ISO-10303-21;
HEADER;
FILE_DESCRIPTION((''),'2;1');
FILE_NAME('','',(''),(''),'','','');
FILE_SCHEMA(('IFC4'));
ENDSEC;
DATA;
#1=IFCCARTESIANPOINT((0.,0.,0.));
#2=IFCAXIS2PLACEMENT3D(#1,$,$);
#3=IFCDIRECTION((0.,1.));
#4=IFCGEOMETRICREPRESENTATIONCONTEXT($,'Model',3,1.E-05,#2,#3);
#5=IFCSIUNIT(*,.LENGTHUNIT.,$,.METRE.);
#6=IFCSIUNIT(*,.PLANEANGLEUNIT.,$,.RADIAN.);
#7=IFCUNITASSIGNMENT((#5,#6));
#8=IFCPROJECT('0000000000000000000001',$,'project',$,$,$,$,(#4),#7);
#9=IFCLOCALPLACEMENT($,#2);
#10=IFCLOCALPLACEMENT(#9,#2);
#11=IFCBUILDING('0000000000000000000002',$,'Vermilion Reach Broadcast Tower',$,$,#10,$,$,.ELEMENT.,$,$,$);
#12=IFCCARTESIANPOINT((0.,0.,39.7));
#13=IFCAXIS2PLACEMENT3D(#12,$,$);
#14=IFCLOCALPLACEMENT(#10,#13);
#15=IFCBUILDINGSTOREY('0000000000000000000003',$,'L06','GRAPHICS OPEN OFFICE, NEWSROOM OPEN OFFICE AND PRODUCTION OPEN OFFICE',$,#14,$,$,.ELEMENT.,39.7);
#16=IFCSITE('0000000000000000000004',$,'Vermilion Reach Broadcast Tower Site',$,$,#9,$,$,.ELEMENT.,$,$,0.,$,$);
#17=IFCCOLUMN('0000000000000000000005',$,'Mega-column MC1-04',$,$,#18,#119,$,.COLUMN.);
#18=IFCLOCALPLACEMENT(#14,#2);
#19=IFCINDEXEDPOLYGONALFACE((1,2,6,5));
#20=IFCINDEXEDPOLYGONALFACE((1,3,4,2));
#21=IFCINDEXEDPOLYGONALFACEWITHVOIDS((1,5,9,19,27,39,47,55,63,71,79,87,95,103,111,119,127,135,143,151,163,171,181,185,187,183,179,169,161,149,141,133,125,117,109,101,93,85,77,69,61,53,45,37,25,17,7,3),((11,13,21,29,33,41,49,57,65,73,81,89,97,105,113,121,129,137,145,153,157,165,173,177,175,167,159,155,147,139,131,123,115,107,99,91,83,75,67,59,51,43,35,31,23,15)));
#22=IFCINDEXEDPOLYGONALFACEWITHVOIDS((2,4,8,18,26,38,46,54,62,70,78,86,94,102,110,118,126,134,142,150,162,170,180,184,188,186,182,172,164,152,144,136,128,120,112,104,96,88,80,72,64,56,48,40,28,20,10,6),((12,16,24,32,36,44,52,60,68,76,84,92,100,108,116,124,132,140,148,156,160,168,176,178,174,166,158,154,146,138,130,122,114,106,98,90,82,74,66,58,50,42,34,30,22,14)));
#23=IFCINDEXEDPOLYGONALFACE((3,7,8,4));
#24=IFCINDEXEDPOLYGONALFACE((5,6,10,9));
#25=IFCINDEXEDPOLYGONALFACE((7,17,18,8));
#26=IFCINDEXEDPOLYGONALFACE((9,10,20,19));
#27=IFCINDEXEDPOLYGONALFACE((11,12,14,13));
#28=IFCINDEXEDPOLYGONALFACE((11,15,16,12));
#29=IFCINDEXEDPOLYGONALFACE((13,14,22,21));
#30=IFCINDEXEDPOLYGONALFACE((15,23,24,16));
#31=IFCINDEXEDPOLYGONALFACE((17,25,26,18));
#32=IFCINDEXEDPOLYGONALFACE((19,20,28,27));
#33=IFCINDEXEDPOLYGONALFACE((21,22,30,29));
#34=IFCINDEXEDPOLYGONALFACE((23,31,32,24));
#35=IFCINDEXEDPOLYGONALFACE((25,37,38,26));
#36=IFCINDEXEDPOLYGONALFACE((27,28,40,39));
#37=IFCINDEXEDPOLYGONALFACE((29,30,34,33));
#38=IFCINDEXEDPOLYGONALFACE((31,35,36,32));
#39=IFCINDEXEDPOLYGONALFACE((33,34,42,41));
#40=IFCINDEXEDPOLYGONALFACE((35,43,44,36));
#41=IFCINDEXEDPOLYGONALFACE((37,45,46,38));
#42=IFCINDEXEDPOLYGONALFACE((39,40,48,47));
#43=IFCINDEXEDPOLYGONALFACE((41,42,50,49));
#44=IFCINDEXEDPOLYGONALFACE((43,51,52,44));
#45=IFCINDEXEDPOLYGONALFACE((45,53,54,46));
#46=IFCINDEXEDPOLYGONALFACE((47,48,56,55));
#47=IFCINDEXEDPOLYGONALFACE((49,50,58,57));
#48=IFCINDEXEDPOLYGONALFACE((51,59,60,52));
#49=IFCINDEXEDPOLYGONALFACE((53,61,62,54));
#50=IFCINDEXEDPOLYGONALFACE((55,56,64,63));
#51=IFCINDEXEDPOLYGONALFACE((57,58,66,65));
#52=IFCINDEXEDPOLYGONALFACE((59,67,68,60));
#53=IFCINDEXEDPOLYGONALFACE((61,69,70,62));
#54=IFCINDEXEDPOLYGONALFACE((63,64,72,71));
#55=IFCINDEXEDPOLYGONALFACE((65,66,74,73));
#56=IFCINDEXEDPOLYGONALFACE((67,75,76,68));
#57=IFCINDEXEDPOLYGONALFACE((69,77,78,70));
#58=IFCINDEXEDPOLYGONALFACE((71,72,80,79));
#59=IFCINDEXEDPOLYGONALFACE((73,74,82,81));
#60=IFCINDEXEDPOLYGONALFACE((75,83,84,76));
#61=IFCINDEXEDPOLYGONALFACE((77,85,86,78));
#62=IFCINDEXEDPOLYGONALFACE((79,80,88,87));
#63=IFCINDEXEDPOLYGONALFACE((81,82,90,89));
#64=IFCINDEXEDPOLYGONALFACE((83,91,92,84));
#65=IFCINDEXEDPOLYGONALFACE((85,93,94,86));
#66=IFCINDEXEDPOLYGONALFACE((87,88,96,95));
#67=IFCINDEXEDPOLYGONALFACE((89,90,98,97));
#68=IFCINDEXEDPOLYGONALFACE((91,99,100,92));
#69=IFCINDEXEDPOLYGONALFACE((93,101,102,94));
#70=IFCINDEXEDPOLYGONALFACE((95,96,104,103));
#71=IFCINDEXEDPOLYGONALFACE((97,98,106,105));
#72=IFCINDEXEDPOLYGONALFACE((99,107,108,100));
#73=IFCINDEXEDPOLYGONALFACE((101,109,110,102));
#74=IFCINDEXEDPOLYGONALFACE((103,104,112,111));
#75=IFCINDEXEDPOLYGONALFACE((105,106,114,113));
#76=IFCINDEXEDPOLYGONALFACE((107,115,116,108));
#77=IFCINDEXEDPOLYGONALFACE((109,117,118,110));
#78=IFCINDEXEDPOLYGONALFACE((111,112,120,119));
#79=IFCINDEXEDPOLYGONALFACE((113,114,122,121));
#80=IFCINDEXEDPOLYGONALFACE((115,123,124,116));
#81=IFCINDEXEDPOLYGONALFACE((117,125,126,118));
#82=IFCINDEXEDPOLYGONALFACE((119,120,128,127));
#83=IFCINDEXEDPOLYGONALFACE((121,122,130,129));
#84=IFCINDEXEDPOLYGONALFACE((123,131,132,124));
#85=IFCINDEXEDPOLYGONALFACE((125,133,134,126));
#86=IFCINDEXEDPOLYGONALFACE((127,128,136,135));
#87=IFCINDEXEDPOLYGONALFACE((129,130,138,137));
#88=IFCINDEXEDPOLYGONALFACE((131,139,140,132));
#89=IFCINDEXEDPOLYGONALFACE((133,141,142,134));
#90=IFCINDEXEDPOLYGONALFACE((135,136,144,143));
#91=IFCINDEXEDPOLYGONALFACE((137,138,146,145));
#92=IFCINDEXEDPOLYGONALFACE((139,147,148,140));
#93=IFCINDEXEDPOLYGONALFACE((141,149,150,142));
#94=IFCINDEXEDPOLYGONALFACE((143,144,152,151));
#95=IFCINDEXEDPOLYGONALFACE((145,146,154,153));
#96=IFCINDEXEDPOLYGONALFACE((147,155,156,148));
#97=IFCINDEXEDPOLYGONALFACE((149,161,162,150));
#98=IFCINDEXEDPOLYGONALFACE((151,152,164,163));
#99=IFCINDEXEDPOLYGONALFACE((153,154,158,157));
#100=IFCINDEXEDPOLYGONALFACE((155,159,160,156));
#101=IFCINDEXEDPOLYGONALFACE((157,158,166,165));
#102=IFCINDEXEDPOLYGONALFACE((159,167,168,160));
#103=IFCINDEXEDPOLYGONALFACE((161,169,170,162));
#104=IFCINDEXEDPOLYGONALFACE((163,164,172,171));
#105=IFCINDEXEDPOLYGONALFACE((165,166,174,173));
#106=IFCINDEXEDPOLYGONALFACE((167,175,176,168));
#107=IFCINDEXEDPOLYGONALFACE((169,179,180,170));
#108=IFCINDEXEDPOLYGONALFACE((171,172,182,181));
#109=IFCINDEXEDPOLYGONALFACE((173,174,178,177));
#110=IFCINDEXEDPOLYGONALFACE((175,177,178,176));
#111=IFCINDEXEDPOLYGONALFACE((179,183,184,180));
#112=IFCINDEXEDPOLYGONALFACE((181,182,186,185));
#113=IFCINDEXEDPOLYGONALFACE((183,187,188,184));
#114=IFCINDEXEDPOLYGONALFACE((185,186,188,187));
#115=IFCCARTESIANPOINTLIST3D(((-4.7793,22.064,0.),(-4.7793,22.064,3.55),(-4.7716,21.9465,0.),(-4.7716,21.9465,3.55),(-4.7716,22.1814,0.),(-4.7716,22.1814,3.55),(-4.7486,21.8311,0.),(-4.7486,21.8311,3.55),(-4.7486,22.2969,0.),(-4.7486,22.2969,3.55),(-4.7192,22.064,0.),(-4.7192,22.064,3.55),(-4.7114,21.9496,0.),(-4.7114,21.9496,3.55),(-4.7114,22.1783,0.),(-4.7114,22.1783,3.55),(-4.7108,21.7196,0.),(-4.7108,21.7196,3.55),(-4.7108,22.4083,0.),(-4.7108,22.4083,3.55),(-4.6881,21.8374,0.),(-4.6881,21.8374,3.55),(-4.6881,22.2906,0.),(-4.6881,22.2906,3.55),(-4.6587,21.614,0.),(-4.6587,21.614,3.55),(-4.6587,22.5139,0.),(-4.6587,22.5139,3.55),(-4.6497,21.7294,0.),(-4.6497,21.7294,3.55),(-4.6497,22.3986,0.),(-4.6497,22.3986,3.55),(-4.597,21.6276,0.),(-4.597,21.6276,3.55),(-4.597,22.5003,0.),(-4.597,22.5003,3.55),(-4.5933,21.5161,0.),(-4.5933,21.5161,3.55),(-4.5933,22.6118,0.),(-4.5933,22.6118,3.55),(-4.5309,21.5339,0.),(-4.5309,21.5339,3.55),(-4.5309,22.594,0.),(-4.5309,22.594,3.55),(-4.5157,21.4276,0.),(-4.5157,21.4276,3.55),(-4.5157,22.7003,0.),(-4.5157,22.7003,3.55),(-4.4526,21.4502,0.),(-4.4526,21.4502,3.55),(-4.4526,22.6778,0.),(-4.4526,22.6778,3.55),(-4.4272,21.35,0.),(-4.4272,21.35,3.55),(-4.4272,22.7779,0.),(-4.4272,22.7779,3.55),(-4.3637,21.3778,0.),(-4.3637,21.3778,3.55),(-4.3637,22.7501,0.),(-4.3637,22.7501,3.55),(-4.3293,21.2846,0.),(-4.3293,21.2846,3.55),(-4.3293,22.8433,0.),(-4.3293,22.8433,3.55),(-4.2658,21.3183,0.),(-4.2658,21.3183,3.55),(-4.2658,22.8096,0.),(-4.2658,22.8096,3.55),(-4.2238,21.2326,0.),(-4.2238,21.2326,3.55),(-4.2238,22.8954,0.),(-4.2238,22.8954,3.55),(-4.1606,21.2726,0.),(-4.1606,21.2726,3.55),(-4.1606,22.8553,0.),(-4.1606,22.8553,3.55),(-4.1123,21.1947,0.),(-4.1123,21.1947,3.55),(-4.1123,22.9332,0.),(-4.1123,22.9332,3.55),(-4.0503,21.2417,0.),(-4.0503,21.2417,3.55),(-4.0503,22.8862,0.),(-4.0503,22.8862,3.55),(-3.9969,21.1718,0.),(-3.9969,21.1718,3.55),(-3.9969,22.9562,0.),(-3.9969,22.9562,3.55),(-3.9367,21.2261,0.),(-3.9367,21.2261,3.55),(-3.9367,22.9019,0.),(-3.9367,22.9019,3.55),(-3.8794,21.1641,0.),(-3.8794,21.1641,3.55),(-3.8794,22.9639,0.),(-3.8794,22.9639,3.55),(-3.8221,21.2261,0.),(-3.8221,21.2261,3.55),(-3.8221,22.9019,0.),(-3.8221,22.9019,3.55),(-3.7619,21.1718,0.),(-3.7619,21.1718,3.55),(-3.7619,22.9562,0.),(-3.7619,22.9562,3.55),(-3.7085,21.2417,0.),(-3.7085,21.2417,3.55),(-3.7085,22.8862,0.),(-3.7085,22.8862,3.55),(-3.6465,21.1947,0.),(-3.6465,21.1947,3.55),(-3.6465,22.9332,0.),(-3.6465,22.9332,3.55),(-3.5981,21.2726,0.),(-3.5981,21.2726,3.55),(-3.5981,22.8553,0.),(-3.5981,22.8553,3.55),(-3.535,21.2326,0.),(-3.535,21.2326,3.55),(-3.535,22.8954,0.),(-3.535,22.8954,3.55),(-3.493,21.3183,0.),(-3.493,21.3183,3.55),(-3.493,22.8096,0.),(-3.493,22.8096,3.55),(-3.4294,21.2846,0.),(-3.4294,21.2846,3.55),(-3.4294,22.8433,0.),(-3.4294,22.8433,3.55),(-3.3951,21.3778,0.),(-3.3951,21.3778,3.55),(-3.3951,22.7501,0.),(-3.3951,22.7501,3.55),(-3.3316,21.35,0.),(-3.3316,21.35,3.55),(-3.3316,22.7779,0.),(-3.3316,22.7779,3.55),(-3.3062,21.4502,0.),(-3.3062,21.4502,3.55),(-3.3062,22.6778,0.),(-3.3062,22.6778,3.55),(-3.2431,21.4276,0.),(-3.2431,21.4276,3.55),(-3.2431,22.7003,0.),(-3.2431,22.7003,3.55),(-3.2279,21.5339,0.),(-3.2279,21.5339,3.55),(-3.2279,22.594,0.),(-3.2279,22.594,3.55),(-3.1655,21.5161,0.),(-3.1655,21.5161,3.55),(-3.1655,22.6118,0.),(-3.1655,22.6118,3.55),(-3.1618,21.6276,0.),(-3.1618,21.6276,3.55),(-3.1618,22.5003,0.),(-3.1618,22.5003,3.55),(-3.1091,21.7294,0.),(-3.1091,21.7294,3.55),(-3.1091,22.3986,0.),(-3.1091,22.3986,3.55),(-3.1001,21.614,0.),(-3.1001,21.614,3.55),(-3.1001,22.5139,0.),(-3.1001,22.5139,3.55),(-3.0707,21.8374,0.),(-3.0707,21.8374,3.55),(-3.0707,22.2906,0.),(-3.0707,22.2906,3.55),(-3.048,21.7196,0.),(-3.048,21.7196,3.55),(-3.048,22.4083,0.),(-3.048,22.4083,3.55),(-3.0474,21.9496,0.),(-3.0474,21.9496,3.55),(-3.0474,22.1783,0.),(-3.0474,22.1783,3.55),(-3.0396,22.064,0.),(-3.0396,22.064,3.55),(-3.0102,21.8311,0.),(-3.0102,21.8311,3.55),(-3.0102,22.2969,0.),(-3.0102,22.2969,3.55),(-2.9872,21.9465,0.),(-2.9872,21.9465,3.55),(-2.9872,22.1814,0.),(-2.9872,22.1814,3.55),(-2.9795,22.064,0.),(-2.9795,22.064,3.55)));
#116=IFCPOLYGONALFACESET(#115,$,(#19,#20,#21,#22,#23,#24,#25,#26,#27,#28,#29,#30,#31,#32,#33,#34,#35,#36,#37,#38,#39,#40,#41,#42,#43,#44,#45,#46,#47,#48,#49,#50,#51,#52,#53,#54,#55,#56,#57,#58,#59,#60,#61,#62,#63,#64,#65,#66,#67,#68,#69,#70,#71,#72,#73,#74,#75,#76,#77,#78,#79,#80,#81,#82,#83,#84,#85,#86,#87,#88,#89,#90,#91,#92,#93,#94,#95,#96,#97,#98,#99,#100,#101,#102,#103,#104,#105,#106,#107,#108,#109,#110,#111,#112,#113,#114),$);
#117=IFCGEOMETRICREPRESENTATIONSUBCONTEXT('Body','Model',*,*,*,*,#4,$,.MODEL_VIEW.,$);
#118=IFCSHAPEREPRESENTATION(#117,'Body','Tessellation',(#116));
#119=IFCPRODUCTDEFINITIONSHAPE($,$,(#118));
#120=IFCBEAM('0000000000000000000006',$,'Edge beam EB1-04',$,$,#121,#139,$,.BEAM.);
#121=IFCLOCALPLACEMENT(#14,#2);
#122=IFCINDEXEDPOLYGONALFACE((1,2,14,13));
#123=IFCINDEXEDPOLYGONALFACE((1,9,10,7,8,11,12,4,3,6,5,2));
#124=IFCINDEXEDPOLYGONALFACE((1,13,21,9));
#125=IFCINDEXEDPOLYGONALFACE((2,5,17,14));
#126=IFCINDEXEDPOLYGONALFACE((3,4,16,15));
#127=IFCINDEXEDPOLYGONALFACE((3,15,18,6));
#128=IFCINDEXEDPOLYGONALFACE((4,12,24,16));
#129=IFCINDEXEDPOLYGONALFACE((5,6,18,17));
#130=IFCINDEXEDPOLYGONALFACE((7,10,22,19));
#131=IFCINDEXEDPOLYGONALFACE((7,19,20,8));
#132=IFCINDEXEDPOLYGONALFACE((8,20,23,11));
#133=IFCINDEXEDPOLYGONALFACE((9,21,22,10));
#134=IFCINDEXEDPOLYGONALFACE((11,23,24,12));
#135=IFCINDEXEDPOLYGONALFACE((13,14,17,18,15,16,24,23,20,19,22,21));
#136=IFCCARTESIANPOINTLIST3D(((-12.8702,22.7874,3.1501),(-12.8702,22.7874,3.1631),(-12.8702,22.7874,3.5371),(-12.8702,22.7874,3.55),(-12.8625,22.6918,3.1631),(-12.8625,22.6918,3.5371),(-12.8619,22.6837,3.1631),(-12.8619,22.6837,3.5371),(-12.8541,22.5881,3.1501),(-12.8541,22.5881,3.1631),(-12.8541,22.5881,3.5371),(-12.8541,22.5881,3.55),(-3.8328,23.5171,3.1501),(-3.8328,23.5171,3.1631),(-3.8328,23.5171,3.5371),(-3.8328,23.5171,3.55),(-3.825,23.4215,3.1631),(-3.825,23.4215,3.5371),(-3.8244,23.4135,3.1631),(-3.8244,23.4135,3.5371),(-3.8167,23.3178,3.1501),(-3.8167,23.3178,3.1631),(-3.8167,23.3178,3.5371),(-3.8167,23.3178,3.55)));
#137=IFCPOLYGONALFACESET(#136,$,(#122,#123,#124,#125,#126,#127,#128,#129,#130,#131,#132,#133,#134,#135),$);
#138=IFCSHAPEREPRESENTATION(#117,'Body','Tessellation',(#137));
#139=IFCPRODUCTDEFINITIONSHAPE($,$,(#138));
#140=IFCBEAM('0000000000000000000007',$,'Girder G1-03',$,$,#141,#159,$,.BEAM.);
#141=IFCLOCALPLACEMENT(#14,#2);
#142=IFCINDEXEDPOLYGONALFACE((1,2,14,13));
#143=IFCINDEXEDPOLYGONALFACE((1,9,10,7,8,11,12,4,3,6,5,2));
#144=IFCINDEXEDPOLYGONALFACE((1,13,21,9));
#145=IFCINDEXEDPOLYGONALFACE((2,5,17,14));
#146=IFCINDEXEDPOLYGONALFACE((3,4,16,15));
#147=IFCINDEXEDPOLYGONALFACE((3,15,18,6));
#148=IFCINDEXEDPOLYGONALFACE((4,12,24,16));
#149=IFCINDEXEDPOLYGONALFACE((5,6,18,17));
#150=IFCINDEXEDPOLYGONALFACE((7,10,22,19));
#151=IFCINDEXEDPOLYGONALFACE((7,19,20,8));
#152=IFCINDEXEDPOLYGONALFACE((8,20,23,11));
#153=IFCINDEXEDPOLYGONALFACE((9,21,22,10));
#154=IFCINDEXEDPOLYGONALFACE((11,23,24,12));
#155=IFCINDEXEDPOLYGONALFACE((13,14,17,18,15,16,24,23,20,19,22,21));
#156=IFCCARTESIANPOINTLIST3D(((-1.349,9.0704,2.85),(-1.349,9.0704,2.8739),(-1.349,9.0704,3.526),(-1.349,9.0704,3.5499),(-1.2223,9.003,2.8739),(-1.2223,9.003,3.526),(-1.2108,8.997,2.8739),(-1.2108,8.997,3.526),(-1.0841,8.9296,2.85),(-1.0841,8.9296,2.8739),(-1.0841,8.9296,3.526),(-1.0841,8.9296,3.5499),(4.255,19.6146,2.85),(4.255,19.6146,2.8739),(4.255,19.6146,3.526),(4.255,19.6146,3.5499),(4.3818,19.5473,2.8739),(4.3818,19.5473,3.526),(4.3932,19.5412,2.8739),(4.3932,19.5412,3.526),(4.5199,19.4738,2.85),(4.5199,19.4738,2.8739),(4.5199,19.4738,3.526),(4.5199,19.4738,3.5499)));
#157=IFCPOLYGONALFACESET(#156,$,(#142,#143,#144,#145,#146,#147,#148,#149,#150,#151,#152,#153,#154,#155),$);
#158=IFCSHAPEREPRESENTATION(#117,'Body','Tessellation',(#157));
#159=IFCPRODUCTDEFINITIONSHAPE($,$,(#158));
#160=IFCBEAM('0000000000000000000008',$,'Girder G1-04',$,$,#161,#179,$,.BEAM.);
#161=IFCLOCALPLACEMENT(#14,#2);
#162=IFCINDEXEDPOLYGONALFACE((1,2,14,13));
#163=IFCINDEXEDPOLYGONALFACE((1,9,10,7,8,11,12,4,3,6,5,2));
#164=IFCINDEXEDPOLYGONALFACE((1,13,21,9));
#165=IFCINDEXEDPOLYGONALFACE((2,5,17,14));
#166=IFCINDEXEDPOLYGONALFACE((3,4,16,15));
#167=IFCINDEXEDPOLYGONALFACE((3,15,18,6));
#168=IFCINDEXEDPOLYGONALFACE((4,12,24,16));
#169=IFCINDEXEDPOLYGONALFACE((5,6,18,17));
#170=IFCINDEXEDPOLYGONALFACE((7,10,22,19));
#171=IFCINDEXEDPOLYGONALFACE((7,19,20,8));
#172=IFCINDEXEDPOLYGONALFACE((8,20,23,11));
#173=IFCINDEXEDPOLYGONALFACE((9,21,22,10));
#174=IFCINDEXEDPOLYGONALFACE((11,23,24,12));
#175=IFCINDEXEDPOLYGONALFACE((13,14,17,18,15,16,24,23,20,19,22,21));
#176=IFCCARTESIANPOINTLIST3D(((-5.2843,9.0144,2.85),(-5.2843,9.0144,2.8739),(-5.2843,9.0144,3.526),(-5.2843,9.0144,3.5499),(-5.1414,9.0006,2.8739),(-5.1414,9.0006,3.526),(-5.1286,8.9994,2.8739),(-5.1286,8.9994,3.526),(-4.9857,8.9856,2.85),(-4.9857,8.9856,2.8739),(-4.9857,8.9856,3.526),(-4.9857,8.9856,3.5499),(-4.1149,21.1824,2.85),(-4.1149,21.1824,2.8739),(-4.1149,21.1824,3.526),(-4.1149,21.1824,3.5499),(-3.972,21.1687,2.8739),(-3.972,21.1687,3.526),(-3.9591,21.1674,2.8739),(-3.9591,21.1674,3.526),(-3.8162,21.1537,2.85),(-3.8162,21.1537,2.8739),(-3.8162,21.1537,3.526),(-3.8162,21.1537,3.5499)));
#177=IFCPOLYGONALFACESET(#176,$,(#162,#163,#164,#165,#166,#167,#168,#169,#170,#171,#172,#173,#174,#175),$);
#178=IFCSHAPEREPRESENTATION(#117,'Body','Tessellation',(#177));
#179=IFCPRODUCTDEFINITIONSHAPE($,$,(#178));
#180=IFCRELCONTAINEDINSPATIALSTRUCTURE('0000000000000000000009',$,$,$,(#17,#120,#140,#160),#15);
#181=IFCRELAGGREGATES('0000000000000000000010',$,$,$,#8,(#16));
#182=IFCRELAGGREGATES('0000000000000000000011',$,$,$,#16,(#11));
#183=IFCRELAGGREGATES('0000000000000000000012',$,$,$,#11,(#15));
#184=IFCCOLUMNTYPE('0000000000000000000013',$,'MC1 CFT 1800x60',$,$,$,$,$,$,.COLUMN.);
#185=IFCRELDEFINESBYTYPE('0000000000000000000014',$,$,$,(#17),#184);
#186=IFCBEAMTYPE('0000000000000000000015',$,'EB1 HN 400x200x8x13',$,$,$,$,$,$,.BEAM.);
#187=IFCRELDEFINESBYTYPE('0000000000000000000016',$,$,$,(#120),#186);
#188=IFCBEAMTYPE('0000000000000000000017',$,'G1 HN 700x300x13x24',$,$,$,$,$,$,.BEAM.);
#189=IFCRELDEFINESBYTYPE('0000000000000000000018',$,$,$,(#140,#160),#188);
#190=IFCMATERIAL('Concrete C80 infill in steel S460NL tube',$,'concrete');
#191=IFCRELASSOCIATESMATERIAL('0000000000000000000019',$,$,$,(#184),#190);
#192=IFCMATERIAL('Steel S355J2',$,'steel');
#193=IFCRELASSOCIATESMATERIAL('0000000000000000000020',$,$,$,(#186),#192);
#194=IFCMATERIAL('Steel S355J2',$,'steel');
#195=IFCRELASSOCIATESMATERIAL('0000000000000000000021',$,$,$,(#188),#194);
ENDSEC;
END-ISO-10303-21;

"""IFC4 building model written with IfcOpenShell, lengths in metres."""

from ifc_helpers import new_model, si_unit, direction, frame, origin, origin_2d, place, context, subcontext, project, spatial, hollow_circle, i_section, extrude, material, material_profile, profile_set, type_object, element, save


model = new_model("IFC4")

# Units and contexts
model_context = context("Model", 3, precision=1e-05, world=origin(), true_north=direction((0.0, 1.0)))
body_context = subcontext(model_context, "Body", "Model", "MODEL_VIEW")
ifc_project = project(units=[si_unit("LENGTHUNIT", "METRE"), si_unit("PLANEANGLEUNIT", "RADIAN")], contexts=[model_context])

# Site, building, storey
site_placement = place(None, origin())
site = spatial("IfcSite", under=ifc_project, at=site_placement, Name="Vermilion Reach Broadcast Tower Site", CompositionType="ELEMENT", RefElevation=0.0)
building_placement = place(site_placement, origin())
building = spatial("IfcBuilding", under=site, at=building_placement, Name="Vermilion Reach Broadcast Tower", CompositionType="ELEMENT")
storey_placement = place(building_placement, frame((0.0, 0.0, 39.7)))
storey = spatial("IfcBuildingStorey", under=building, at=storey_placement, Name="L06", Description="GRAPHICS OPEN OFFICE, NEWSROOM OPEN OFFICE AND PRODUCTION OPEN OFFICE", CompositionType="ELEMENT", Elevation=39.7)

# Column
ifc_material_1 = material(Name="Concrete C80 infill in steel S460NL tube", Category="concrete")
ifc_material_profile_1 = material_profile(ifc_material_1, hollow_circle(Radius=0.8999, WallThickness=0.0601, at=origin_2d()), Name="Concrete C80 infill in steel S460NL tube CFT 1800x60")
ifc_profile_set_1 = profile_set([ifc_material_profile_1], Name="Concrete C80 infill in steel S460NL tube")
column_type = type_object("IfcColumnType", Name="MC1 CFT 1800x60", PredefinedType="COLUMN", material=ifc_profile_set_1)
for number, where, z_axis, x_axis, name in (
    (1, (-3.8794, 22.064, 0.0), (0.0, 0.0, 1.0), (1.0, 0.0, 0.0), "Mega-column MC1-04"),
):
    element("IfcColumn", number, at=place(storey_placement, frame(where, z_axis=z_axis, x_axis=x_axis)), inside=storey, type_object=column_type, Name=name, PredefinedType="COLUMN", context=body_context, shape_type="SweptSolid", body=[
        extrude(hollow_circle(Radius=0.8999, WallThickness=0.0601, at=origin_2d()), origin(), (0.0, 0.0, 1.0), 3.55),
    ])

# Beams
ifc_material_2 = material(Name="Steel S355J2", Category="steel")
ifc_material_profile_2 = material_profile(ifc_material_2, i_section(OverallWidth=0.2, OverallDepth=0.3999, WebThickness=0.0081, FlangeThickness=0.0129, at=origin_2d()), Name="S355J2 HN 400x200x8x13")
ifc_profile_set_2 = profile_set([ifc_material_profile_2], Name="Steel S355J2")
beam_type_1 = type_object("IfcBeamType", Name="EB1 HN 400x200x8x13", PredefinedType="BEAM", material=ifc_profile_set_2)
beam_1_placement = place(storey_placement, frame((-3.8247, 23.4175, 3.3501), z_axis=(-0.996756, -0.080483, 0.0), x_axis=(0.080483, -0.996756, 0.0)))
element("IfcBeam", 2, at=beam_1_placement, inside=storey, type_object=beam_type_1, Name="Edge beam EB1-04", PredefinedType="BEAM", context=body_context, shape_type="SweptSolid", body=[
    extrude(i_section(OverallWidth=0.2, OverallDepth=0.3999, WebThickness=0.0081, FlangeThickness=0.0129, at=origin_2d()), origin(), (0.0, 0.0, 1.0), 9.0669),
])
ifc_material_3 = material(Name="Steel S355J2", Category="steel")
ifc_material_profile_3 = material_profile(ifc_material_3, i_section(OverallWidth=0.3, OverallDepth=0.7, WebThickness=0.0129, FlangeThickness=0.0239, at=origin_2d()), Name="S355J2 HN 700x300x13x24")
ifc_profile_set_3 = profile_set([ifc_material_profile_3], Name="Steel S355J2")
beam_type_2 = type_object("IfcBeamType", Name="G1 HN 700x300x13x24", PredefinedType="BEAM", material=ifc_profile_set_3)
beam_2_placement = place(storey_placement, frame((-1.2166, 9.0, 3.2), z_axis=(0.469312, 0.883032, 0.0), x_axis=(-0.883032, 0.469312, 0.0)))
element("IfcBeam", 3, at=beam_2_placement, inside=storey, type_object=beam_type_2, Name="Girder G1-03", PredefinedType="BEAM", context=body_context, shape_type="SweptSolid", body=[
    extrude(i_section(OverallWidth=0.3, OverallDepth=0.7, WebThickness=0.0129, FlangeThickness=0.0239, at=origin_2d()), origin(), (0.0, 0.0, 1.0), 11.9409),
])
beam_3_placement = place(storey_placement, frame((-5.135, 9.0, 3.2), z_axis=(0.095667, 0.995413, 0.0), x_axis=(-0.995413, 0.095667, 0.0)))
element("IfcBeam", 4, at=beam_3_placement, inside=storey, type_object=beam_type_2, Name="Girder G1-04", PredefinedType="BEAM", context=body_context, shape_type="SweptSolid", body=[
    extrude(i_section(OverallWidth=0.3, OverallDepth=0.7, WebThickness=0.0129, FlangeThickness=0.0239, at=origin_2d()), origin(), (0.0, 0.0, 1.0), 12.2241),
])

save(model, "model.ifc")
